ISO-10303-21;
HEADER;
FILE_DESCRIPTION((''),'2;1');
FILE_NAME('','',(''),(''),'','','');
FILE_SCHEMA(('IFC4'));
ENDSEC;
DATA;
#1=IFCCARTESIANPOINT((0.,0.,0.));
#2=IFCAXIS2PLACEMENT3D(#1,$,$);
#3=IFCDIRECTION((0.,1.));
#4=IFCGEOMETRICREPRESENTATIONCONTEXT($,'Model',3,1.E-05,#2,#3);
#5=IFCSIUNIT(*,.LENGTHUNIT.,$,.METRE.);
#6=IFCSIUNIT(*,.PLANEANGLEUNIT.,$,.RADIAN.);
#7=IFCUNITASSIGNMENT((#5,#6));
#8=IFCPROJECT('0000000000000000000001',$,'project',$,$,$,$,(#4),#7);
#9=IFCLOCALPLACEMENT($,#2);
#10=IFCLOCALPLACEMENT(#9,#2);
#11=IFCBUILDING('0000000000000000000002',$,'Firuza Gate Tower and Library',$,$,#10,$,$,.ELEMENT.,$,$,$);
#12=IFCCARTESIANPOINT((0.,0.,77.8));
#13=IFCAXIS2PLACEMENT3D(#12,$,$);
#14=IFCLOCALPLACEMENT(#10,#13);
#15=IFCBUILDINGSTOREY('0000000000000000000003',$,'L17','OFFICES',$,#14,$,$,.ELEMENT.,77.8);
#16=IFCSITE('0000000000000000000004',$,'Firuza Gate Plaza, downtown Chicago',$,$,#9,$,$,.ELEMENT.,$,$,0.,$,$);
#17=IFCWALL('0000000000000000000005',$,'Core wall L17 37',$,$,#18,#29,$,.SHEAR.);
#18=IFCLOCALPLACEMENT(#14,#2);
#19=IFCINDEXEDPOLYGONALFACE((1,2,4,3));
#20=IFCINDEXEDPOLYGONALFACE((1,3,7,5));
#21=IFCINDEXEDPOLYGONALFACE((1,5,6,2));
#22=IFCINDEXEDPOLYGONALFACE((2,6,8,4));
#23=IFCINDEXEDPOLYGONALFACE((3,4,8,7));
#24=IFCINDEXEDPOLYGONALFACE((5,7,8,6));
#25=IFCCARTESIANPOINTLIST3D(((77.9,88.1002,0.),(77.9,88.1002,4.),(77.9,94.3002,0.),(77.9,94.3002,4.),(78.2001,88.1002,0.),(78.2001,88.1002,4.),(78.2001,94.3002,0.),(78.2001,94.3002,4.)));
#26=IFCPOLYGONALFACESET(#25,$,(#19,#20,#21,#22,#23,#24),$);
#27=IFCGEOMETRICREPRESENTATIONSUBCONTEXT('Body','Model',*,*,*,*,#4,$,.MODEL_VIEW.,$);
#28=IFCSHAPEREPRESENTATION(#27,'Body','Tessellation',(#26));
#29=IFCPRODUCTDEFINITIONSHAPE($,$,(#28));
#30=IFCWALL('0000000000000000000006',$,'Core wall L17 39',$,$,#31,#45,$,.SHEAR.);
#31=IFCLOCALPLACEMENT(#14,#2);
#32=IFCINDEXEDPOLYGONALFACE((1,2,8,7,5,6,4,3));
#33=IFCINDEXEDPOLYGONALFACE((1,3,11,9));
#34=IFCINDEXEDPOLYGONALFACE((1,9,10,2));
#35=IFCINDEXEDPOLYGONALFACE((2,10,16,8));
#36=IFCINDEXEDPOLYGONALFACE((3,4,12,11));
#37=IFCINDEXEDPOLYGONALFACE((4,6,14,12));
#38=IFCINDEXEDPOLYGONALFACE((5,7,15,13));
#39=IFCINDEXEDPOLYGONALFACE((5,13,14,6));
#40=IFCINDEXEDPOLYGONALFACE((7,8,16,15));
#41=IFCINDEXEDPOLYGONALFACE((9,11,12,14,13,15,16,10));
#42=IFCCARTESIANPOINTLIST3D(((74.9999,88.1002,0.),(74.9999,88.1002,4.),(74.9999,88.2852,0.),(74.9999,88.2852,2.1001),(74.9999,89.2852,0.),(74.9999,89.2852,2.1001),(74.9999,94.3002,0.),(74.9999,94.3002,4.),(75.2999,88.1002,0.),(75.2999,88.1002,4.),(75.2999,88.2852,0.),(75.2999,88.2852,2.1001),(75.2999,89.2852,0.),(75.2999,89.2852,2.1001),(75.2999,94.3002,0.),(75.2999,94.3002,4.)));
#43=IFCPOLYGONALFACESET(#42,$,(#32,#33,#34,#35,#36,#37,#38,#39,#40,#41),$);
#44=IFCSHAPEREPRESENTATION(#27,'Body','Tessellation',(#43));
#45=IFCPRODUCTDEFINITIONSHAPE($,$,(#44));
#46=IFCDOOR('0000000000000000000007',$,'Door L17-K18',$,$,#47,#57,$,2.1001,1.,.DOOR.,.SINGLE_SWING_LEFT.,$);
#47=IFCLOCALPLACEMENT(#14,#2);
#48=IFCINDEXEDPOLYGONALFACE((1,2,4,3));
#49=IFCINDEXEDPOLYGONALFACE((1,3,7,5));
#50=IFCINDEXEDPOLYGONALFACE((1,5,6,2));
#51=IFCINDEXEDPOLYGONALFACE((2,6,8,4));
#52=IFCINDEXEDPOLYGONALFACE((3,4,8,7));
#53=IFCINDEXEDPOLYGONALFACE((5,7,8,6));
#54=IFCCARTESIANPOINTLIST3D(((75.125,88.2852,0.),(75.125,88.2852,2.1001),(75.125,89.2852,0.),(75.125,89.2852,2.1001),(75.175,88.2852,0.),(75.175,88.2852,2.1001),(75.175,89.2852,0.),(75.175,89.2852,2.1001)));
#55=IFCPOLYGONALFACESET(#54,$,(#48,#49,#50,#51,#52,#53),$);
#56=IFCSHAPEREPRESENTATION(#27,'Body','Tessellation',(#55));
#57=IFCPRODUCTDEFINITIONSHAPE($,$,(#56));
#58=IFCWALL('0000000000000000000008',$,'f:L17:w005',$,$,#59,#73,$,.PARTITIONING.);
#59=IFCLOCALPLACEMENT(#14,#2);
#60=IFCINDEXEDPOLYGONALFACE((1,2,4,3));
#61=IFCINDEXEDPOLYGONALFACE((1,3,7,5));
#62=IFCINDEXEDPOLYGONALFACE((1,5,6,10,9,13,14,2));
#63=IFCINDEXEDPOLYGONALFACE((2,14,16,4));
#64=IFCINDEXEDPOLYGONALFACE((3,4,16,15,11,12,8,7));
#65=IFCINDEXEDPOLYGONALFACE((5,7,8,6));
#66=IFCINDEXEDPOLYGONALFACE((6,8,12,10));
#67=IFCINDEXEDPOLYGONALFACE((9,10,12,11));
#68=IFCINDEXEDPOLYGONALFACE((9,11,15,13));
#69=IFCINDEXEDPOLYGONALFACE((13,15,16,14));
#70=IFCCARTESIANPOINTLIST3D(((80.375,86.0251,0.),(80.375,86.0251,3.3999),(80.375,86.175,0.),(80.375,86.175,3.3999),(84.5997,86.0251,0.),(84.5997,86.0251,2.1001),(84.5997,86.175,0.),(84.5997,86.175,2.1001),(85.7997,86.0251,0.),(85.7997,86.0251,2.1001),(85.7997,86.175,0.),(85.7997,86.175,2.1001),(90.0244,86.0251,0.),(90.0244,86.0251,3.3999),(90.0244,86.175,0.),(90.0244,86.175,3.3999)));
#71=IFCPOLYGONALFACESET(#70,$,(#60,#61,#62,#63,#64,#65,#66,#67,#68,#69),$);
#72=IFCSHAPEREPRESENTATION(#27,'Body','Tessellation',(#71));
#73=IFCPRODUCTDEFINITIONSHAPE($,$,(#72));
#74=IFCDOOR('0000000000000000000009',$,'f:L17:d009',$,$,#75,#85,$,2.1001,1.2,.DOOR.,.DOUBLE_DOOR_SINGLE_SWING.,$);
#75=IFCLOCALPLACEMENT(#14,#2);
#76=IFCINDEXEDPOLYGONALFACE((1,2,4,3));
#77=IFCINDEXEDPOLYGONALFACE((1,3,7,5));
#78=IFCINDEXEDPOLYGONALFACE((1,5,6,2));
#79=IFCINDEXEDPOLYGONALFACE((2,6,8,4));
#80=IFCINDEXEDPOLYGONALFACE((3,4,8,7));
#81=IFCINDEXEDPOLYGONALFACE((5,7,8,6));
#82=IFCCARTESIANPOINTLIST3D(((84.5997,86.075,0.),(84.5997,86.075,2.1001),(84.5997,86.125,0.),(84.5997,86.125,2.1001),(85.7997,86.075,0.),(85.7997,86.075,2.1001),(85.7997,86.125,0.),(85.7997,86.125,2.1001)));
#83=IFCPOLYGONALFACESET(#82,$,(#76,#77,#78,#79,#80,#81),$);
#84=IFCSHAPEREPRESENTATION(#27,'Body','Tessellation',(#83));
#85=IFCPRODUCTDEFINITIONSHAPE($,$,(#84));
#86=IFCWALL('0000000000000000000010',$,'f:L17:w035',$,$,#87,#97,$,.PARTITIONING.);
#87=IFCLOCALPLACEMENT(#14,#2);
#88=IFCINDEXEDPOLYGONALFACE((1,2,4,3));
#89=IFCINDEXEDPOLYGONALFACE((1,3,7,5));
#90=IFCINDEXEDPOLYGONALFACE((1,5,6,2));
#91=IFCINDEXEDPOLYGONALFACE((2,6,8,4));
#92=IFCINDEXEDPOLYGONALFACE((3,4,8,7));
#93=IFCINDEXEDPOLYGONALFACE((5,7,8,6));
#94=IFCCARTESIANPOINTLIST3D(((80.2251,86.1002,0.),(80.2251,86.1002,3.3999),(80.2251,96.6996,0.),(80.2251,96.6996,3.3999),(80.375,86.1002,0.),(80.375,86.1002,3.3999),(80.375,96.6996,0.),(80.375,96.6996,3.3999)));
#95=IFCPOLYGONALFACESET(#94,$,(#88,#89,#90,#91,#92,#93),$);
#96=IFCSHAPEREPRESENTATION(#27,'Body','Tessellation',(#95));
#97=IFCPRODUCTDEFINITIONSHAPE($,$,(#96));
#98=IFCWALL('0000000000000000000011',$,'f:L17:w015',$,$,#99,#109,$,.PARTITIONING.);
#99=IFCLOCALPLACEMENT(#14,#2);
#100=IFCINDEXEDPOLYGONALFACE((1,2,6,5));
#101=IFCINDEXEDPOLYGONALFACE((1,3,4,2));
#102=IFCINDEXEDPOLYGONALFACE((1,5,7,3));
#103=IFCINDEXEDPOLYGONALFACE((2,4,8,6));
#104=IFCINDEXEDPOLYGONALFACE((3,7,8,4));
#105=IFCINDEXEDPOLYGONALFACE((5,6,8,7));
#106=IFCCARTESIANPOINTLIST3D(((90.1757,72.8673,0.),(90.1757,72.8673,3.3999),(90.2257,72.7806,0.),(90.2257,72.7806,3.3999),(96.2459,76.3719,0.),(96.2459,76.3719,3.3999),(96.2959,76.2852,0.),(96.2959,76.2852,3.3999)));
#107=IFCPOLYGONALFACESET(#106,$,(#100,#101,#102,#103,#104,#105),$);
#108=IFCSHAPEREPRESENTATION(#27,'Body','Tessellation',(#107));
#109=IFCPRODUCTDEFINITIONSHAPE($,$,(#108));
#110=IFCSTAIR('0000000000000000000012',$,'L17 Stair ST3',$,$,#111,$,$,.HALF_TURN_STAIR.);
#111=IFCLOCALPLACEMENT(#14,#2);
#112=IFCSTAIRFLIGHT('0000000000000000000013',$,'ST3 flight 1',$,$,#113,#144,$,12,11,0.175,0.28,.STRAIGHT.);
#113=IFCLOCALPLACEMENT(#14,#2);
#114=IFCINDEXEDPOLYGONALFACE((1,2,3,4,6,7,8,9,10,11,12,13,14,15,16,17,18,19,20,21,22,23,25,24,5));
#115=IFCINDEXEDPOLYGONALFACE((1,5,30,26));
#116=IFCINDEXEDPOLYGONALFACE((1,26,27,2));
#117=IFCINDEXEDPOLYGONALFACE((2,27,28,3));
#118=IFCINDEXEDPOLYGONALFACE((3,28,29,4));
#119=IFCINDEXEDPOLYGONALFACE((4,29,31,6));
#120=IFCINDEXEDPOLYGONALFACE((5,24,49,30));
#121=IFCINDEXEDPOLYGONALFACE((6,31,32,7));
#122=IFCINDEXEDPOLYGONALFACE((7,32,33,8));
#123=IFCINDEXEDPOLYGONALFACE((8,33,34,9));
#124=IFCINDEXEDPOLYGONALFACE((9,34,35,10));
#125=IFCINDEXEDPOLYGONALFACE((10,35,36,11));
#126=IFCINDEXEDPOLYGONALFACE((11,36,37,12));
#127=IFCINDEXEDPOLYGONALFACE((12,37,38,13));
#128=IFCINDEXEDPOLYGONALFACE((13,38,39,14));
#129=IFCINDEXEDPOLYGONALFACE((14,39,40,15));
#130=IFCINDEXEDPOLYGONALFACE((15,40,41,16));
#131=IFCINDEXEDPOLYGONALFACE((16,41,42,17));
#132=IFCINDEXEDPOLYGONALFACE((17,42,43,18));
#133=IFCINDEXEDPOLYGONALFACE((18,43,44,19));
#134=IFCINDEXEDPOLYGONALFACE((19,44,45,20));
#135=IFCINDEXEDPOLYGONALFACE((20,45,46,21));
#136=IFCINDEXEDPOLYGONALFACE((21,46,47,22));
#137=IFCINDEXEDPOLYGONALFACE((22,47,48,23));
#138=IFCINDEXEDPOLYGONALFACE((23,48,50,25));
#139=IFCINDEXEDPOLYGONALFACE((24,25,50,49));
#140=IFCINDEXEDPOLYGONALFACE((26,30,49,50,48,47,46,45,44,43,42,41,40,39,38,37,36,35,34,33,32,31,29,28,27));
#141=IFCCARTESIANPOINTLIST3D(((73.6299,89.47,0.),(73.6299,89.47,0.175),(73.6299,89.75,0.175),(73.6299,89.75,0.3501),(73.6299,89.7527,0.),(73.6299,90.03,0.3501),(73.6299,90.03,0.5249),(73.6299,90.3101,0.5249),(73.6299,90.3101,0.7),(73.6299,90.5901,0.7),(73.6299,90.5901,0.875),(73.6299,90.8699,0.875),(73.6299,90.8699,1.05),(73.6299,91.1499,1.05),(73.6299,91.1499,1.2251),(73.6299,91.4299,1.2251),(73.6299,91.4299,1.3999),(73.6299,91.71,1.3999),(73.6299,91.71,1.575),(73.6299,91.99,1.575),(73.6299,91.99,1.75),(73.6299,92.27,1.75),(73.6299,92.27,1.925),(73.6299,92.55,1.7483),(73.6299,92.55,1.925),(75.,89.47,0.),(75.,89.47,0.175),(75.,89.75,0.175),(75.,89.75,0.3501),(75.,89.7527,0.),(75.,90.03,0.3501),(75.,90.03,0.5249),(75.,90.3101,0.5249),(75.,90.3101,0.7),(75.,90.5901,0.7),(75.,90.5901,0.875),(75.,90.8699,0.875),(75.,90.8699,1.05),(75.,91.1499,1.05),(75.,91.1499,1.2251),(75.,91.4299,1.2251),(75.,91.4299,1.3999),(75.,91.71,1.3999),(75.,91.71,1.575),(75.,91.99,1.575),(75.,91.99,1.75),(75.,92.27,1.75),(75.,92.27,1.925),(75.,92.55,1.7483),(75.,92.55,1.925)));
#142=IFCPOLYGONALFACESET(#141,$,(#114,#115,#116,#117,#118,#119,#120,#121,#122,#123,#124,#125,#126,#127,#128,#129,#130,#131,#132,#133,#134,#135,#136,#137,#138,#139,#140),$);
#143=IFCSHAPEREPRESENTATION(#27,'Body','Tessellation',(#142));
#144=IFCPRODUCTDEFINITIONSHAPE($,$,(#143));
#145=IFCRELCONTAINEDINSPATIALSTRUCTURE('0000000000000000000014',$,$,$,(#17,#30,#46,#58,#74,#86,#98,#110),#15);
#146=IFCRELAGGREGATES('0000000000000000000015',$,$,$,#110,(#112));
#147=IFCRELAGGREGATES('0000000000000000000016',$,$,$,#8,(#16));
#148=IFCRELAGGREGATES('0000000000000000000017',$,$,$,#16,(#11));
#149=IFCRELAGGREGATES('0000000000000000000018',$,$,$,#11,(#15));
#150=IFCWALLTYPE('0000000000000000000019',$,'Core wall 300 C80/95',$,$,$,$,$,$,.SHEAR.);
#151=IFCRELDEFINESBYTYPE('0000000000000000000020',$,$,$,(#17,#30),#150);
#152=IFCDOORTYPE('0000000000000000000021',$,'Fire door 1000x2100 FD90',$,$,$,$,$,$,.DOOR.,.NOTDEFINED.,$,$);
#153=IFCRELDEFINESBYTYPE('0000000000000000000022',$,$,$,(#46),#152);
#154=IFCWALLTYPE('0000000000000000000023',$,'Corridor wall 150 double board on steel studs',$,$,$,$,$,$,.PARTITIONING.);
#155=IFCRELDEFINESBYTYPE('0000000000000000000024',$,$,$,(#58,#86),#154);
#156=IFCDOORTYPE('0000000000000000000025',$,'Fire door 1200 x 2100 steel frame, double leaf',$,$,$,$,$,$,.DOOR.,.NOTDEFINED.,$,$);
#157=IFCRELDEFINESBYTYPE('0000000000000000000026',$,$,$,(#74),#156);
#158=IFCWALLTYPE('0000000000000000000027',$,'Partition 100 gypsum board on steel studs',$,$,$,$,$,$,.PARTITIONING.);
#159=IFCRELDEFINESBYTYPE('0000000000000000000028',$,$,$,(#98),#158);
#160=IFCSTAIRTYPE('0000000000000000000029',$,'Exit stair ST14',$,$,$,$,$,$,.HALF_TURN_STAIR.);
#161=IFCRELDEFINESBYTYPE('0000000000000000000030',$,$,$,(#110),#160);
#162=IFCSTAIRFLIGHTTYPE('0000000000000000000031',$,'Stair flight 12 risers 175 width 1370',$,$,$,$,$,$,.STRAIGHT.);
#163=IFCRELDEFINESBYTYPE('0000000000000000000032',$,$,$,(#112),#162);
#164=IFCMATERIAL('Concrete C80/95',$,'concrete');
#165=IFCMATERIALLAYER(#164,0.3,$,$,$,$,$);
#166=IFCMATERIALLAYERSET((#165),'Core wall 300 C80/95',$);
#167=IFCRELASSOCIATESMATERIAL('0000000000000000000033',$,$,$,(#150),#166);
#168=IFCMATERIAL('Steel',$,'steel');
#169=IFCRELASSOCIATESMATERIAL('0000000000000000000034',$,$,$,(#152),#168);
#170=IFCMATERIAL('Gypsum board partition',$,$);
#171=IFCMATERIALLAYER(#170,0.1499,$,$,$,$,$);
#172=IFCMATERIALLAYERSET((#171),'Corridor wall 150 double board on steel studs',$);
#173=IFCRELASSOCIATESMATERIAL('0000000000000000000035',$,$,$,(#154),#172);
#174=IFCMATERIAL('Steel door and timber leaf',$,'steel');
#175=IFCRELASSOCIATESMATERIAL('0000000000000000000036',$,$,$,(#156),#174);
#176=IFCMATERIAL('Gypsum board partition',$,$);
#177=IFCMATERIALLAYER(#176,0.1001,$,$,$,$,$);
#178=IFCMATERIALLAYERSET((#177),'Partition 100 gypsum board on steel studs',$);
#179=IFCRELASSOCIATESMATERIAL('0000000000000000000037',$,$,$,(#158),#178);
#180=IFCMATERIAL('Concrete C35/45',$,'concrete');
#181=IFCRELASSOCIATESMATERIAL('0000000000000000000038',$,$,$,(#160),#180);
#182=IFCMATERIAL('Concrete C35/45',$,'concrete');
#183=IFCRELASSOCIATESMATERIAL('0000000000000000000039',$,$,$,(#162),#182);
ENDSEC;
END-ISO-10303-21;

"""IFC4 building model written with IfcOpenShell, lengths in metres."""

from ifc_helpers import new_model, si_unit, direction, frame, frame_2d, origin, place, context, subcontext, project, spatial, polyline, rectangle, outline, extrude, material, layer, layer_set, type_object, element, fill, aggregate, save


model = new_model("IFC4")

# Units and contexts
model_context = context("Model", 3, precision=1e-05, world=origin(), true_north=direction((0.0, 1.0)))
body_context = subcontext(model_context, "Body", "Model", "MODEL_VIEW")
ifc_project = project(units=[si_unit("LENGTHUNIT", "METRE"), si_unit("PLANEANGLEUNIT", "RADIAN")], contexts=[model_context])

# Site, building, storey
site_placement = place(None, origin())
site = spatial("IfcSite", under=ifc_project, at=site_placement, Name="Firuza Gate Plaza, downtown Chicago", CompositionType="ELEMENT", RefElevation=0.0)
building_placement = place(site_placement, origin())
building = spatial("IfcBuilding", under=site, at=building_placement, Name="Firuza Gate Tower and Library", CompositionType="ELEMENT")
storey_placement = place(building_placement, frame((0.0, 0.0, 77.8)))
storey = spatial("IfcBuildingStorey", under=building, at=storey_placement, Name="L17", Description="OFFICES", CompositionType="ELEMENT", Elevation=77.8)

# Shared definitions
placement = place(storey_placement, origin())

# Shared definitions
ifc_material_1 = material(Name="Concrete C80/95", Category="concrete")
ifc_layer_1 = layer(ifc_material_1, 0.3)
ifc_layer_set_1 = layer_set([ifc_layer_1], Name="Core wall 300 C80/95")
wall_type_1 = type_object("IfcWallType", Name="Core wall 300 C80/95", PredefinedType="SHEAR", material=ifc_layer_set_1)

# Shared definitions
ifc_material_2 = material(Name="Steel", Category="steel")
door_type_1 = type_object("IfcDoorType", Name="Fire door 1000x2100 FD90", OperationType="NOTDEFINED", PredefinedType="DOOR", material=ifc_material_2)

# Wall
wall_1_placement = place(storey_placement, frame((78.05, 88.1001, 0.0), z_axis=(0.0, 0.0, 1.0), x_axis=(0.0, 1.0, 0.0)))
element("IfcWall", 1, at=wall_1_placement, inside=storey, type_object=wall_type_1, Name="Core wall L17 37", PredefinedType="SHEAR", context=body_context, shape_type="SweptSolid", body=[
    extrude(rectangle(XDim=6.2, YDim=0.3, at=frame_2d((3.1001, 0.0))), origin(), (0.0, 0.0, 1.0), 4.0),
])

# Walls, openings, doors
wall_2_placement = place(storey_placement, frame((75.1499, 88.1001, 0.0), z_axis=(0.0, 0.0, 1.0), x_axis=(0.0, 1.0, 0.0)))
wall_2 = element("IfcWall", 2, at=wall_2_placement, inside=storey, type_object=wall_type_1, Name="Core wall L17 39", PredefinedType="SHEAR", context=body_context, shape_type="SweptSolid", body=[
    extrude(rectangle(XDim=6.2, YDim=0.3, at=frame_2d((3.1001, 0.0))), origin(), (0.0, 0.0, 1.0), 4.0),
])
opening_1_placement = place(wall_2_placement, frame((0.1851, 0.0, 0.0)))
opening_1 = element("IfcOpeningElement", 3, at=opening_1_placement, cuts=wall_2, PredefinedType="OPENING", context=body_context, shape_type="SweptSolid", body=[
    extrude(rectangle(XDim=1.0, YDim=2.1001, at=frame_2d((0.5, 1.05))), frame((0.0, 0.1602, 0.0), z_axis=(0.0, -1.0, 0.0), x_axis=(1.0, 0.0, 0.0)), (0.0, 0.0, 1.0), 0.3201),
])
door_1_placement = place(opening_1_placement, origin())
door_1 = element("IfcDoor", 4, at=door_1_placement, inside=storey, type_object=door_type_1, Name="Door L17-K18", OperationType="SINGLE_SWING_LEFT", OverallHeight=2.1001, OverallWidth=1.0, PredefinedType="DOOR", context=body_context, shape_type="SweptSolid", body=[
    extrude(rectangle(XDim=1.0, YDim=2.1001, at=frame_2d((0.5, 1.05))), frame((0.0, 0.0249, 0.0), z_axis=(0.0, -1.0, 0.0), x_axis=(1.0, 0.0, 0.0)), (0.0, 0.0, 1.0), 0.05),
])
fill(opening_1, door_1)
ifc_material_3 = material(Name="Gypsum board partition")
ifc_layer_2 = layer(ifc_material_3, 0.1499)
ifc_layer_set_2 = layer_set([ifc_layer_2], Name="Corridor wall 150 double board on steel studs")
wall_type_2 = type_object("IfcWallType", Name="Corridor wall 150 double board on steel studs", PredefinedType="PARTITIONING", material=ifc_layer_set_2)
wall_3_placement = place(storey_placement, frame((80.375, 86.1001, 0.0), z_axis=(0.0, 0.0, 1.0), x_axis=(1.0, 0.0, 0.0)))
wall_3 = element("IfcWall", 5, at=wall_3_placement, inside=storey, type_object=wall_type_2, Name="f:L17:w005", PredefinedType="PARTITIONING", context=body_context, shape_type="SweptSolid", body=[
    extrude(rectangle(XDim=9.6494, YDim=0.1499, at=frame_2d((4.8247, 0.0))), origin(), (0.0, 0.0, 1.0), 3.3999),
])
opening_2_placement = place(wall_3_placement, frame((4.2246, 0.0, 0.0)))
opening_2 = element("IfcOpeningElement", 6, at=opening_2_placement, cuts=wall_3, PredefinedType="OPENING", context=body_context, shape_type="SweptSolid", body=[
    extrude(rectangle(XDim=1.2, YDim=2.1001, at=frame_2d((0.6001, 1.05))), frame((0.0, 0.085, 0.0), z_axis=(0.0, -1.0, 0.0), x_axis=(1.0, 0.0, 0.0)), (0.0, 0.0, 1.0), 0.1699),
])
ifc_material_4 = material(Name="Steel door and timber leaf", Category="steel")
door_type_2 = type_object("IfcDoorType", Name="Fire door 1200 x 2100 steel frame, double leaf", OperationType="NOTDEFINED", PredefinedType="DOOR", material=ifc_material_4)
door_2_placement = place(opening_2_placement, origin())
door_2 = element("IfcDoor", 7, at=door_2_placement, inside=storey, type_object=door_type_2, Name="f:L17:d009", OperationType="DOUBLE_DOOR_SINGLE_SWING", OverallHeight=2.1001, OverallWidth=1.2, PredefinedType="DOOR", context=body_context, shape_type="SweptSolid", body=[
    extrude(rectangle(XDim=1.2, YDim=2.1001, at=frame_2d((0.6001, 1.05))), frame((0.0, 0.0249, 0.0), z_axis=(0.0, -1.0, 0.0), x_axis=(1.0, 0.0, 0.0)), (0.0, 0.0, 1.0), 0.05),
])
fill(opening_2, door_2)

# Walls
wall_4_placement = place(storey_placement, frame((80.3, 86.1001, 0.0), z_axis=(0.0, 0.0, 1.0), x_axis=(0.0, 1.0, 0.0)))
element("IfcWall", 8, at=wall_4_placement, inside=storey, type_object=wall_type_2, Name="f:L17:w035", PredefinedType="PARTITIONING", context=body_context, shape_type="SweptSolid", body=[
    extrude(rectangle(XDim=10.5994, YDim=0.1499, at=frame_2d((5.2998, 0.0))), origin(), (0.0, 0.0, 1.0), 3.3999),
])
ifc_material_5 = material(Name="Gypsum board partition")
ifc_layer_3 = layer(ifc_material_5, 0.1001)
ifc_layer_set_3 = layer_set([ifc_layer_3], Name="Partition 100 gypsum board on steel studs")
wall_type_3 = type_object("IfcWallType", Name="Partition 100 gypsum board on steel studs", PredefinedType="PARTITIONING", material=ifc_layer_set_3)
wall_5_placement = place(storey_placement, frame((90.2007, 72.824, 0.0), z_axis=(0.0, 0.0, 1.0), x_axis=(0.866029, 0.499994, 0.0)))
element("IfcWall", 9, at=wall_5_placement, inside=storey, type_object=wall_type_3, Name="f:L17:w015", PredefinedType="PARTITIONING", context=body_context, shape_type="SweptSolid", body=[
    extrude(rectangle(XDim=7.0093, YDim=0.1001, at=frame_2d((3.5046, 0.0))), origin(), (0.0, 0.0, 1.0), 3.3999),
])

# Stair, stair flight
ifc_material_6 = material(Name="Concrete C35/45", Category="concrete")
stair_type_1 = type_object("IfcStairType", Name="Exit stair ST14", PredefinedType="HALF_TURN_STAIR", material=ifc_material_6)
stair_1 = element("IfcStair", 10, at=placement, inside=storey, type_object=stair_type_1, Name="L17 Stair ST3", PredefinedType="HALF_TURN_STAIR")
ifc_material_7 = material(Name="Concrete C35/45", Category="concrete")
stair_flight_type_1 = type_object("IfcStairFlightType", Name="Stair flight 12 risers 175 width 1370", PredefinedType="STRAIGHT", material=ifc_material_7)
stair_flight_1_placement = place(storey_placement, frame((74.3149, 89.47, 0.0), z_axis=(0.0, 0.0, 1.0), x_axis=(0.0, 1.0, 0.0)))
stair_flight_1 = element("IfcStairFlight", 11, at=stair_flight_1_placement, type_object=stair_flight_type_1, Name="ST3 flight 1", NumberOfRisers=12, NumberOfTreads=11, PredefinedType="STRAIGHT", RiserHeight=0.175, TreadLength=0.28, context=body_context, shape_type="SweptSolid", body=[
    extrude(outline(polyline([(0.0, 0.0), (0.0, 0.175), (0.28, 0.175), (0.28, 0.3501), (0.5601, 0.3501), (0.5601, 0.5249), (0.8401, 0.5249), (0.8401, 0.7), (1.1201, 0.7), (1.1201, 0.875), (1.3999, 0.875), (1.3999, 1.05), (1.6799, 1.05), (1.6799, 1.2251), (1.96, 1.2251), (1.96, 1.3999), (2.24, 1.3999), (2.24, 1.575), (2.52, 1.575), (2.52, 1.75), (2.8, 1.75), (2.8, 1.925), (3.0801, 1.925), (3.0801, 2.1001), (3.0801, 1.7483), (0.2827, 0.0), (0.0, 0.0)])), frame((0.0, 0.6851, 0.0), z_axis=(0.0, -1.0, 0.0), x_axis=(1.0, 0.0, 0.0)), (0.0, 0.0, 1.0), 1.3701),
])
aggregate(stair_1, [stair_flight_1])

save(model, "model.ifc")
